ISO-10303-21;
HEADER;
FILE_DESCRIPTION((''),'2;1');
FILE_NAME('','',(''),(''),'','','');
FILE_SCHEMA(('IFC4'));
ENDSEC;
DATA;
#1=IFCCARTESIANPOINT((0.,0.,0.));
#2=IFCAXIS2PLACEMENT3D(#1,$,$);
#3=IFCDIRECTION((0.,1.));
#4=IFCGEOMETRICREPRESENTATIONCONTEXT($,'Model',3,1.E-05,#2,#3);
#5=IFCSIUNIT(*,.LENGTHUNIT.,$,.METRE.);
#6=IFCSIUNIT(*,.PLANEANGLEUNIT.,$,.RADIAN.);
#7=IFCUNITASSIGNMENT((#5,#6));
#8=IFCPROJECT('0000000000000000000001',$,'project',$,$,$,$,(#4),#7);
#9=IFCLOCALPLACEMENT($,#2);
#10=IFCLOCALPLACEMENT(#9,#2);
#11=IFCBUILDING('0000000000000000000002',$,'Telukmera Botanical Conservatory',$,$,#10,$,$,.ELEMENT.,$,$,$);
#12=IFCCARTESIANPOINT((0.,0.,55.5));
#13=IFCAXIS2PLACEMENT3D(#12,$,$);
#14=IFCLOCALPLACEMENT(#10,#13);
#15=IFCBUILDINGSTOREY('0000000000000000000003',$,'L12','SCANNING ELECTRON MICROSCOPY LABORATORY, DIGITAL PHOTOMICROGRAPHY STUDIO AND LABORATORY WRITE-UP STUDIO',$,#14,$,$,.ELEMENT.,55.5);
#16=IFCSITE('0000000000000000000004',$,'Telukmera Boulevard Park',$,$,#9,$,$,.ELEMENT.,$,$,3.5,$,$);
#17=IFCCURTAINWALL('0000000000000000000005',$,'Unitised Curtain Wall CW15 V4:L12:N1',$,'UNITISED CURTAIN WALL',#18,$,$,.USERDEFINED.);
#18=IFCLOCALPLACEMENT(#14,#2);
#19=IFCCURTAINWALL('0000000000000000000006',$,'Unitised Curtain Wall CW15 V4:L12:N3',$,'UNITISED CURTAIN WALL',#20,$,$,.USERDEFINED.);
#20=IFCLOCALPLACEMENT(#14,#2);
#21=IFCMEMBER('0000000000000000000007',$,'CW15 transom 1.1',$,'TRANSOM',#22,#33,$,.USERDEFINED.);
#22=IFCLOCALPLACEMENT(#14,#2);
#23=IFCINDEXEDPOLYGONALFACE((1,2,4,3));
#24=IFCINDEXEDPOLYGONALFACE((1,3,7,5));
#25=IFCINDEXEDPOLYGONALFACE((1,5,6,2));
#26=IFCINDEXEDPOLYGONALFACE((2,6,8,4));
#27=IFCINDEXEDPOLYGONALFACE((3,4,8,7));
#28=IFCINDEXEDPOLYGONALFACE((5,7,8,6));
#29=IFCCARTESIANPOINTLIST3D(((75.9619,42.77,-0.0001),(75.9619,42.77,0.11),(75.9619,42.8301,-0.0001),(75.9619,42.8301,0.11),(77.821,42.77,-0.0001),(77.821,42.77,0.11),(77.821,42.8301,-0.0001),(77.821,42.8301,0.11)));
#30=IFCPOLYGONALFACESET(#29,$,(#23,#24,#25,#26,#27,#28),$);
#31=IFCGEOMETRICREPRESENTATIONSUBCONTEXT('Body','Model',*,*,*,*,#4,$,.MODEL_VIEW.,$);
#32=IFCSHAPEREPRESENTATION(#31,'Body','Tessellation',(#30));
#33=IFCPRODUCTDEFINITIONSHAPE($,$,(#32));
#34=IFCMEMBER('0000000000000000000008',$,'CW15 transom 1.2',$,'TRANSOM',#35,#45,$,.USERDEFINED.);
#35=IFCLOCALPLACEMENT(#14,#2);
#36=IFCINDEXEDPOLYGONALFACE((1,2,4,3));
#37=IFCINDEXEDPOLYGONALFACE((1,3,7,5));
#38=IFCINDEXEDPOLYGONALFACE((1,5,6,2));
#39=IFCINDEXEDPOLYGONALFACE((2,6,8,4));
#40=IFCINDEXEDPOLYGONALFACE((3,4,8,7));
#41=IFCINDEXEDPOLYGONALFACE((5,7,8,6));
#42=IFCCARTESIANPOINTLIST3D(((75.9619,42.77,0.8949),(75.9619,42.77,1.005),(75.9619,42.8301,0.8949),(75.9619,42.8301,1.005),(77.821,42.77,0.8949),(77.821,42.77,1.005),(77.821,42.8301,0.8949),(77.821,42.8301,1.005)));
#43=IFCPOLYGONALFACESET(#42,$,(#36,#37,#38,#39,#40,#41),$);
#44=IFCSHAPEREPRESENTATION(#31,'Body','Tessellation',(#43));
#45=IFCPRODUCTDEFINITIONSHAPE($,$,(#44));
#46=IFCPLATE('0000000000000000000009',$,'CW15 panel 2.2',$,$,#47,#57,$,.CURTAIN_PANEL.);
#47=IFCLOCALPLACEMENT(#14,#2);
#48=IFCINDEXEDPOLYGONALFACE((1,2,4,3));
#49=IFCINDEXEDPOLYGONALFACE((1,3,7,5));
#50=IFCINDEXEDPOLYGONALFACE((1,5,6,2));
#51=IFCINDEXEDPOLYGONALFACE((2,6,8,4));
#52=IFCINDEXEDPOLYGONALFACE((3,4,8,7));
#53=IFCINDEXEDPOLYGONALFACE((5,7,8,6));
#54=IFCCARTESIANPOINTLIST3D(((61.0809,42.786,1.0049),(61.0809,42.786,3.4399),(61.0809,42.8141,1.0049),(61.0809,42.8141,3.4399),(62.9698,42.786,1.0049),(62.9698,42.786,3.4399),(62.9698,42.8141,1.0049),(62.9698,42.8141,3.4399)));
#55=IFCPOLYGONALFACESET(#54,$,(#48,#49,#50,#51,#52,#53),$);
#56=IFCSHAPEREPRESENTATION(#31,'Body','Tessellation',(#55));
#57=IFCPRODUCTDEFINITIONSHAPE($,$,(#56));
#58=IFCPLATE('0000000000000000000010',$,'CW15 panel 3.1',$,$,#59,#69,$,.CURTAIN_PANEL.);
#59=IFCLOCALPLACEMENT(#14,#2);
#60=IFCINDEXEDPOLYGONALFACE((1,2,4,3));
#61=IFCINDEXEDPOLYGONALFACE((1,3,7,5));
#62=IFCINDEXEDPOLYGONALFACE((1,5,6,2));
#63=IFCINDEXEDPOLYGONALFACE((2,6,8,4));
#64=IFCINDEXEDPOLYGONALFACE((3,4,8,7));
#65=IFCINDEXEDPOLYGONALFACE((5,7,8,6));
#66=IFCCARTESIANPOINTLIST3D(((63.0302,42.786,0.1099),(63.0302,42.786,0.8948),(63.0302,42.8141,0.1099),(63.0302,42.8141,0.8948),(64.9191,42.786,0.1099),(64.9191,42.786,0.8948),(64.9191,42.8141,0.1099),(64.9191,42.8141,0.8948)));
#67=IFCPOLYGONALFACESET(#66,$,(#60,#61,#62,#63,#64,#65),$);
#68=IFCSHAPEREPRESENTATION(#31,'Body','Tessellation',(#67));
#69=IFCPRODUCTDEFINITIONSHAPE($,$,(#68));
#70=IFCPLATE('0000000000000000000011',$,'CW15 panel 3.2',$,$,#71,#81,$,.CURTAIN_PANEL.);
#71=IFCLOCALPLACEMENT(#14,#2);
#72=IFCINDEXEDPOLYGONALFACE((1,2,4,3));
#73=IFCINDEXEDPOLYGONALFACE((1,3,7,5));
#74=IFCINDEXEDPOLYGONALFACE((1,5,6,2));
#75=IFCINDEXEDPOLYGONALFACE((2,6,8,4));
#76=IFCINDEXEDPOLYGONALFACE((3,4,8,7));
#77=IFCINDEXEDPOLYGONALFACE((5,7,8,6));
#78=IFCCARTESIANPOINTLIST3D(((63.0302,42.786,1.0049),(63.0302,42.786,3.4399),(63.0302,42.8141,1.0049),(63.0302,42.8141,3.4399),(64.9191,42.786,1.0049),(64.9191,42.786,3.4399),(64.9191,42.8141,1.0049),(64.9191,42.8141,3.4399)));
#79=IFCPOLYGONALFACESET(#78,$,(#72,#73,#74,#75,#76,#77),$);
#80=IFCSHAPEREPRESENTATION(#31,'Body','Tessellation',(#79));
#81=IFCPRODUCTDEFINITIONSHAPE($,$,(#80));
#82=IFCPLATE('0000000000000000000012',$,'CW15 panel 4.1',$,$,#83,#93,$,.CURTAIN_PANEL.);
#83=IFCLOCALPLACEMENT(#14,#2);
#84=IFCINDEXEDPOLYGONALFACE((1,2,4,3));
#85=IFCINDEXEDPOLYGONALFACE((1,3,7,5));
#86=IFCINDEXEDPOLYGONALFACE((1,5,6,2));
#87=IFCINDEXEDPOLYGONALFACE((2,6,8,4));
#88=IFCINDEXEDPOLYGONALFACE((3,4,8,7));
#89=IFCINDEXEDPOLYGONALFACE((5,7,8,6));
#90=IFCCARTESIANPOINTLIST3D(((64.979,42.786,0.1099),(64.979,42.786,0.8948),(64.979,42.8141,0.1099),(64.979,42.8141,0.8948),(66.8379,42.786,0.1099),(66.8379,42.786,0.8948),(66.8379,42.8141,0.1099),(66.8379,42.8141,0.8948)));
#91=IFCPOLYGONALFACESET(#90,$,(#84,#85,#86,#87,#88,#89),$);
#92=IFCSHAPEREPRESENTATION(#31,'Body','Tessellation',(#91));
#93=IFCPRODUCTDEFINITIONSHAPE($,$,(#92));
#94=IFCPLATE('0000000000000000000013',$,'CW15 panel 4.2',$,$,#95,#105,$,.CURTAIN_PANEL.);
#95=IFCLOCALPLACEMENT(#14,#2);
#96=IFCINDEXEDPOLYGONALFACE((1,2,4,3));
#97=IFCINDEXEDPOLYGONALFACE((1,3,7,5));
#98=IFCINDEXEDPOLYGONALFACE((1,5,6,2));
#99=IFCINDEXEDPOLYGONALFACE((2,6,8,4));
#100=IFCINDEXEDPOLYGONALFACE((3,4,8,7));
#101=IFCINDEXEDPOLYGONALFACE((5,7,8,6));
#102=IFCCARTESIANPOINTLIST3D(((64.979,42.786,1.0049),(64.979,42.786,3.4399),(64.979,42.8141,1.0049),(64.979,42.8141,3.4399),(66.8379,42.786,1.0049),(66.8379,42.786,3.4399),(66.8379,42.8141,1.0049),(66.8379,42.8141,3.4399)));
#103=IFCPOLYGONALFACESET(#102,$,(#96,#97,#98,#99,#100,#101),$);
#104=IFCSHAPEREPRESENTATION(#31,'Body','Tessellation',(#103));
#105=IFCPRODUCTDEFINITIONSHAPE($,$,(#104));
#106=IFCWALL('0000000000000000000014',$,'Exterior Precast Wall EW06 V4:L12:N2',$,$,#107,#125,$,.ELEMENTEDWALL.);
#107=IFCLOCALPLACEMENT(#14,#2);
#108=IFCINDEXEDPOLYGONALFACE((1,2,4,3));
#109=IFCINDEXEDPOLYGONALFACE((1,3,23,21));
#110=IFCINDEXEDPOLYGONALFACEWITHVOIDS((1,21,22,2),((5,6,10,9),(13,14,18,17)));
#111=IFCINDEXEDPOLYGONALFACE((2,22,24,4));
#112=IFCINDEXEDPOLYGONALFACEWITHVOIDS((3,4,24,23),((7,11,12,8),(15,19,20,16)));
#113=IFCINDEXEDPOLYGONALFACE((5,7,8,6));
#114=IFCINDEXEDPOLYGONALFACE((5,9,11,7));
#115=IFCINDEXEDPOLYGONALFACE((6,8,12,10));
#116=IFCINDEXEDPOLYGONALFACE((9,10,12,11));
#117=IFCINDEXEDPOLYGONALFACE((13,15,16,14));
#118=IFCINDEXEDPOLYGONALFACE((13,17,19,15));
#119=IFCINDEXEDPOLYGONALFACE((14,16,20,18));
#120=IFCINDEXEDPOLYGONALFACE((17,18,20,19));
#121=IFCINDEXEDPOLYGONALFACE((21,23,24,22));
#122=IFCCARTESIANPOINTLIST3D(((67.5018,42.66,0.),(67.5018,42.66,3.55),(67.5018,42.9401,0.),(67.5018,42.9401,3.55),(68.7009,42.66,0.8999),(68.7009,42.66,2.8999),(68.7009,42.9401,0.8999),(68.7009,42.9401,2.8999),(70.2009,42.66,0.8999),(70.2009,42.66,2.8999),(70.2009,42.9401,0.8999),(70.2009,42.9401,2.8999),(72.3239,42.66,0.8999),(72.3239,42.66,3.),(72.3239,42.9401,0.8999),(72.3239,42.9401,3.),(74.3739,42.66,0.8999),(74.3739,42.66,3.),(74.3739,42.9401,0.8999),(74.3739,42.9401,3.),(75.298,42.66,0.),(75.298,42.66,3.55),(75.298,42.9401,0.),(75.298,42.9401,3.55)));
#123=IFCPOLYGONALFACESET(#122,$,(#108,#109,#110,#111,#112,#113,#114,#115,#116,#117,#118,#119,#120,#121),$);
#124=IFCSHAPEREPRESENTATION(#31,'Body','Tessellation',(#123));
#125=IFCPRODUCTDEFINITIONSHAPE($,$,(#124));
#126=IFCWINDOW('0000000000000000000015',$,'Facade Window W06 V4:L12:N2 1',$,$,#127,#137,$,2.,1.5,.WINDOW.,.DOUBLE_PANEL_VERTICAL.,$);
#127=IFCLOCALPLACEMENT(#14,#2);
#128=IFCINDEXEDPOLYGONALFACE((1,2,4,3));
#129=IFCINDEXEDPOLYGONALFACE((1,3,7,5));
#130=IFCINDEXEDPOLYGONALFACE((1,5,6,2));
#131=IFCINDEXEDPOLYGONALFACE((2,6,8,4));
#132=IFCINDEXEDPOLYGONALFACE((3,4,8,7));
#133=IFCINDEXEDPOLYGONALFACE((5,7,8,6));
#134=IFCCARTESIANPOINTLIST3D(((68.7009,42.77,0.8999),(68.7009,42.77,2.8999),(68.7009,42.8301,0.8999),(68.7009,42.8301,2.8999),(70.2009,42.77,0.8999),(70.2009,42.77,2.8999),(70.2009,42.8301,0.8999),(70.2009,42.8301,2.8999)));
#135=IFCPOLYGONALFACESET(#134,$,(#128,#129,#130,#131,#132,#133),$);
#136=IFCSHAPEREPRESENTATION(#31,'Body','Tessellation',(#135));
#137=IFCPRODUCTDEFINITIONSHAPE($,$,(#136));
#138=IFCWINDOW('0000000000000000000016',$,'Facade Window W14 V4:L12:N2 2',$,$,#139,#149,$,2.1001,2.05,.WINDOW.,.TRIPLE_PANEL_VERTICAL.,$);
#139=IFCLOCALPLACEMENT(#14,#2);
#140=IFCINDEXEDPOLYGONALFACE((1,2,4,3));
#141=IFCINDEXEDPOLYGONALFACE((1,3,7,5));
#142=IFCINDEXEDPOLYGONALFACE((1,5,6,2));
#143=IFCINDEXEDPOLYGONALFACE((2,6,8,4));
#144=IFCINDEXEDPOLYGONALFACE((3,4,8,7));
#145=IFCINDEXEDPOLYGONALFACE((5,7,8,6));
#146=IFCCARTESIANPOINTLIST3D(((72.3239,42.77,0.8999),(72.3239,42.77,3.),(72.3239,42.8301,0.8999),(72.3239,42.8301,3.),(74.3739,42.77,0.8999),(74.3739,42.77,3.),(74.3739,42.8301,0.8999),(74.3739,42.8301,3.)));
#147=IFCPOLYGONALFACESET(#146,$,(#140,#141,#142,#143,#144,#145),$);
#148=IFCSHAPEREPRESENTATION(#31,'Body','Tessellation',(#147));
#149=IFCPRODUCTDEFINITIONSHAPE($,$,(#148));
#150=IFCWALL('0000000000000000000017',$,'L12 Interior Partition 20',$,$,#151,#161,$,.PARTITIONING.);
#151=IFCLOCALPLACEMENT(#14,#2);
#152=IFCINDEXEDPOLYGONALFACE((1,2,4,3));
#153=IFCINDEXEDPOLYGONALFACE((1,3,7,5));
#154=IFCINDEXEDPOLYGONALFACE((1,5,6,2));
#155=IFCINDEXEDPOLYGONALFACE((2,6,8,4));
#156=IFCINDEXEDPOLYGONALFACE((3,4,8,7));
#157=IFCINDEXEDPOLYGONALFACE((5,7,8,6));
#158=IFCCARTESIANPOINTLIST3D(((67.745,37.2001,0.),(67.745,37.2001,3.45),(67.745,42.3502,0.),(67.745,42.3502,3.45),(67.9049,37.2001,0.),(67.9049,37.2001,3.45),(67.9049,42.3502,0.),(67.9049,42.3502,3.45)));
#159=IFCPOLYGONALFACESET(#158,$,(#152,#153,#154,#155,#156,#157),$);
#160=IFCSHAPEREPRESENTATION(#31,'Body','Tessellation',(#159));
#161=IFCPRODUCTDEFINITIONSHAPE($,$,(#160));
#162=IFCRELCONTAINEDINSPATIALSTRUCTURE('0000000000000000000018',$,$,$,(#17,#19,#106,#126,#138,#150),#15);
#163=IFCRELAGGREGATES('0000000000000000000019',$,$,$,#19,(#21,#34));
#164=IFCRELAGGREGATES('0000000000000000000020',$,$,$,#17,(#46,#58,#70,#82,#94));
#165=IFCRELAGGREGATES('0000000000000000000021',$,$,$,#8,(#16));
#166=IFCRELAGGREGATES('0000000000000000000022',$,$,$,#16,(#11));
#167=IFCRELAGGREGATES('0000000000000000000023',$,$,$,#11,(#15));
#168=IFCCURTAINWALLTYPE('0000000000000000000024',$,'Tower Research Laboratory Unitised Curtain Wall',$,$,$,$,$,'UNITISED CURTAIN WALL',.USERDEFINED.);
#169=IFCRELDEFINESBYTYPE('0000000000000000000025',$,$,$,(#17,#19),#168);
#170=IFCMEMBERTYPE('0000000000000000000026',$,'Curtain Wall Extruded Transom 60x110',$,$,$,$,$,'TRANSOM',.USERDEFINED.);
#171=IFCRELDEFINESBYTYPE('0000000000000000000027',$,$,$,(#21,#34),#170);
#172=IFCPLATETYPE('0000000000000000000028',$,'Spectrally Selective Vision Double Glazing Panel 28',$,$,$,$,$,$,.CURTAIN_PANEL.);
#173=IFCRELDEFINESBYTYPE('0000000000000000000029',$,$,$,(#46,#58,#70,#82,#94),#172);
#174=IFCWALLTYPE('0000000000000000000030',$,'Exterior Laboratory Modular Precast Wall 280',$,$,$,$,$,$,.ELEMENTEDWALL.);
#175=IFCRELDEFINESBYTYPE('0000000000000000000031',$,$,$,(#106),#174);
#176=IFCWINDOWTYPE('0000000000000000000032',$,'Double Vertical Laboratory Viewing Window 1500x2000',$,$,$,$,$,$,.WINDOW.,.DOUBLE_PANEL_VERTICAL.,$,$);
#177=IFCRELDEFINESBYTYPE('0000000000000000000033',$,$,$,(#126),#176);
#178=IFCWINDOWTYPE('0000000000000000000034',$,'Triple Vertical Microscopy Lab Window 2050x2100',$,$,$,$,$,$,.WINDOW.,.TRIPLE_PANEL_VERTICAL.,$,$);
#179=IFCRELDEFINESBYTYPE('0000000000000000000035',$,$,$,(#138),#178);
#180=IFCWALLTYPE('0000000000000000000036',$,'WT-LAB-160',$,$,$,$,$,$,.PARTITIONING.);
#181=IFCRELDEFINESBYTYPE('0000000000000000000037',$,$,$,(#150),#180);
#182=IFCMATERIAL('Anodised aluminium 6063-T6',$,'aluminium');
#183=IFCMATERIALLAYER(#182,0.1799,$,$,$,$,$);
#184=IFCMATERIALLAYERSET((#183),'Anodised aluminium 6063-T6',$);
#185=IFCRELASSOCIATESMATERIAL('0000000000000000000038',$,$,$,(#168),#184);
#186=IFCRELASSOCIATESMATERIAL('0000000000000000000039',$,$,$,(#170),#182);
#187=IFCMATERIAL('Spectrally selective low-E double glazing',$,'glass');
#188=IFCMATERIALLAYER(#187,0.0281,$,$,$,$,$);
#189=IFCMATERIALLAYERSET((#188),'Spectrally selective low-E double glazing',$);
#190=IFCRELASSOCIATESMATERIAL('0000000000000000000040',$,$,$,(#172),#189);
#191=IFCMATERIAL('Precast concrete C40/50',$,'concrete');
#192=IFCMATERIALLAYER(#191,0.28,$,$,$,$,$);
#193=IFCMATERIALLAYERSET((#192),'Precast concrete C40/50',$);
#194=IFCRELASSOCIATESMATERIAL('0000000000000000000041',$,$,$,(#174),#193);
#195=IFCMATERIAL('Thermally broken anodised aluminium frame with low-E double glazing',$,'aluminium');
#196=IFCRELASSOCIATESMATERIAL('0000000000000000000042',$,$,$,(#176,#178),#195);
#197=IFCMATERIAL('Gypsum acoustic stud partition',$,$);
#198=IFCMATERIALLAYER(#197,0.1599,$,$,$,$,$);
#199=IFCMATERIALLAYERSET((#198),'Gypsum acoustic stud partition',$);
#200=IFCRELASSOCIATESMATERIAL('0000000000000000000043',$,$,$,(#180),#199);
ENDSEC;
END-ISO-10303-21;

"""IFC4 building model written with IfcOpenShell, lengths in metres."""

from ifc_helpers import new_model, si_unit, direction, frame, frame_2d, origin, origin_2d, place, context, subcontext, project, spatial, rectangle, extrude, material, layer, layer_set, material_profile, profile_set, type_object, element, fill, aggregate, save


model = new_model("IFC4")

# Units and contexts
model_context = context("Model", 3, precision=1e-05, world=origin(), true_north=direction((0.0, 1.0)))
body_context = subcontext(model_context, "Body", "Model", "MODEL_VIEW")
ifc_project = project(units=[si_unit("LENGTHUNIT", "METRE"), si_unit("PLANEANGLEUNIT", "RADIAN")], contexts=[model_context])

# Site, building, storey
site_placement = place(None, origin())
site = spatial("IfcSite", under=ifc_project, at=site_placement, Name="Telukmera Boulevard Park", CompositionType="ELEMENT", RefElevation=3.5)
building_placement = place(site_placement, origin())
building = spatial("IfcBuilding", under=site, at=building_placement, Name="Telukmera Botanical Conservatory", CompositionType="ELEMENT")
storey_placement = place(building_placement, frame((0.0, 0.0, 55.5)))
storey = spatial("IfcBuildingStorey", under=building, at=storey_placement, Name="L12", Description="SCANNING ELECTRON MICROSCOPY LABORATORY, DIGITAL PHOTOMICROGRAPHY STUDIO AND LABORATORY WRITE-UP STUDIO", CompositionType="ELEMENT", Elevation=55.5)

# Shared definitions
ifc_material_1 = material(Name="Precast concrete C40/50", Category="concrete")

# Curtain wall
ifc_material_2 = material(Name="Anodised aluminium 6063-T6", Category="aluminium")
ifc_layer_1 = layer(ifc_material_2, 0.1799)
ifc_layer_set_1 = layer_set([ifc_layer_1], Name="Anodised aluminium 6063-T6")
curtain_wall_type = type_object("IfcCurtainWallType", Name="Tower Research Laboratory Unitised Curtain Wall", ElementType="UNITISED CURTAIN WALL", PredefinedType="USERDEFINED", material=ifc_layer_set_1)
curtain_wall_1_placement = place(storey_placement, origin())
curtain_wall_1 = element("IfcCurtainWall", 1, at=curtain_wall_1_placement, inside=storey, type_object=curtain_wall_type, Name="Unitised Curtain Wall CW15 V4:L12:N1", ObjectType="UNITISED CURTAIN WALL", PredefinedType="USERDEFINED")

# Curtain wall
curtain_wall_2_placement = place(storey_placement, origin())
curtain_wall_2 = element("IfcCurtainWall", 2, at=curtain_wall_2_placement, inside=storey, type_object=curtain_wall_type, Name="Unitised Curtain Wall CW15 V4:L12:N3", ObjectType="UNITISED CURTAIN WALL", PredefinedType="USERDEFINED")

# Members
ifc_material_profile_1 = material_profile(ifc_material_2, rectangle(XDim=0.0601, YDim=0.1101, at=origin_2d()), Name="ALU TRAN 60x110")
ifc_profile_set_1 = profile_set([ifc_material_profile_1], Name="Anodised aluminium 6063-T6")
member_type_1 = type_object("IfcMemberType", Name="Curtain Wall Extruded Transom 60x110", ElementType="TRANSOM", PredefinedType="USERDEFINED", material=ifc_profile_set_1)
member_1_placement = place(storey_placement, frame((75.9619, 42.8, 0.0549), z_axis=(1.0, 0.0, 0.0), x_axis=(0.0, 1.0, 0.0)))
member_1 = element("IfcMember", 3, at=member_1_placement, type_object=member_type_1, Name="CW15 transom 1.1", ObjectType="TRANSOM", PredefinedType="USERDEFINED", context=body_context, shape_type="SweptSolid", body=[
    extrude(rectangle(XDim=0.0601, YDim=0.1101, at=origin_2d()), origin(), (0.0, 0.0, 1.0), 1.8591),
])
member_2_placement = place(storey_placement, frame((75.9619, 42.8, 0.95), z_axis=(1.0, 0.0, 0.0), x_axis=(0.0, 1.0, 0.0)))
member_2 = element("IfcMember", 4, at=member_2_placement, type_object=member_type_1, Name="CW15 transom 1.2", ObjectType="TRANSOM", PredefinedType="USERDEFINED", context=body_context, shape_type="SweptSolid", body=[
    extrude(rectangle(XDim=0.0601, YDim=0.1101, at=origin_2d()), origin(), (0.0, 0.0, 1.0), 1.8591),
])
aggregate(curtain_wall_2, [member_1, member_2])

# Plates
ifc_material_3 = material(Name="Spectrally selective low-E double glazing", Category="glass")
ifc_layer_2 = layer(ifc_material_3, 0.0281)
ifc_layer_set_2 = layer_set([ifc_layer_2], Name="Spectrally selective low-E double glazing")
plate_type = type_object("IfcPlateType", Name="Spectrally Selective Vision Double Glazing Panel 28", PredefinedType="CURTAIN_PANEL", material=ifc_layer_set_2)
plate_1_placement = place(storey_placement, frame((62.0254, 42.8, 1.0049), z_axis=(0.0, 0.0, 1.0), x_axis=(1.0, 0.0, 0.0)))
plate_1 = element("IfcPlate", 5, at=plate_1_placement, type_object=plate_type, Name="CW15 panel 2.2", PredefinedType="CURTAIN_PANEL", context=body_context, shape_type="SweptSolid", body=[
    extrude(rectangle(XDim=1.8889, YDim=0.0281, at=origin_2d()), origin(), (0.0, 0.0, 1.0), 2.4351),
])
plate_2_placement = place(storey_placement, frame((63.9746, 42.8, 0.1099), z_axis=(0.0, 0.0, 1.0), x_axis=(1.0, 0.0, 0.0)))
plate_2 = element("IfcPlate", 6, at=plate_2_placement, type_object=plate_type, Name="CW15 panel 3.1", PredefinedType="CURTAIN_PANEL", context=body_context, shape_type="SweptSolid", body=[
    extrude(rectangle(XDim=1.8889, YDim=0.0281, at=origin_2d()), origin(), (0.0, 0.0, 1.0), 0.7849),
])
plate_3_placement = place(storey_placement, frame((63.9746, 42.8, 1.0049), z_axis=(0.0, 0.0, 1.0), x_axis=(1.0, 0.0, 0.0)))
plate_3 = element("IfcPlate", 7, at=plate_3_placement, type_object=plate_type, Name="CW15 panel 3.2", PredefinedType="CURTAIN_PANEL", context=body_context, shape_type="SweptSolid", body=[
    extrude(rectangle(XDim=1.8889, YDim=0.0281, at=origin_2d()), origin(), (0.0, 0.0, 1.0), 2.4351),
])
plate_4_placement = place(storey_placement, frame((65.9084, 42.8, 0.1099), z_axis=(0.0, 0.0, 1.0), x_axis=(1.0, 0.0, 0.0)))
plate_4 = element("IfcPlate", 8, at=plate_4_placement, type_object=plate_type, Name="CW15 panel 4.1", PredefinedType="CURTAIN_PANEL", context=body_context, shape_type="SweptSolid", body=[
    extrude(rectangle(XDim=1.8589, YDim=0.0281, at=origin_2d()), origin(), (0.0, 0.0, 1.0), 0.7849),
])
plate_5_placement = place(storey_placement, frame((65.9084, 42.8, 1.0049), z_axis=(0.0, 0.0, 1.0), x_axis=(1.0, 0.0, 0.0)))
plate_5 = element("IfcPlate", 9, at=plate_5_placement, type_object=plate_type, Name="CW15 panel 4.2", PredefinedType="CURTAIN_PANEL", context=body_context, shape_type="SweptSolid", body=[
    extrude(rectangle(XDim=1.8589, YDim=0.0281, at=origin_2d()), origin(), (0.0, 0.0, 1.0), 2.4351),
])
aggregate(curtain_wall_1, [plate_1, plate_2, plate_3, plate_4, plate_5])

# Wall, openings, windows
ifc_layer_3 = layer(ifc_material_1, 0.28)
ifc_layer_set_3 = layer_set([ifc_layer_3], Name="Precast concrete C40/50")
wall_type_1 = type_object("IfcWallType", Name="Exterior Laboratory Modular Precast Wall 280", PredefinedType="ELEMENTEDWALL", material=ifc_layer_set_3)
wall_1_placement = place(storey_placement, frame((67.502, 42.8, 0.0), z_axis=(0.0, 0.0, 1.0), x_axis=(1.0, 0.0, 0.0)))
wall_1 = element("IfcWall", 10, at=wall_1_placement, inside=storey, type_object=wall_type_1, Name="Exterior Precast Wall EW06 V4:L12:N2", PredefinedType="ELEMENTEDWALL", context=body_context, shape_type="SweptSolid", body=[
    extrude(rectangle(XDim=7.7961, YDim=0.28, at=frame_2d((3.8979, 0.0))), origin(), (0.0, 0.0, 1.0), 3.55),
])
opening_1_placement = place(wall_1_placement, frame((1.199, 0.0, 0.8999)))
opening_1 = element("IfcOpeningElement", 11, at=opening_1_placement, cuts=wall_1, PredefinedType="OPENING", context=body_context, shape_type="SweptSolid", body=[
    extrude(rectangle(XDim=1.5, YDim=2.0, at=frame_2d((0.75, 1.0))), frame((0.0, 0.1499, 0.0), z_axis=(0.0, -1.0, 0.0), x_axis=(1.0, 0.0, 0.0)), (0.0, 0.0, 1.0), 0.3),
])
opening_2_placement = place(wall_1_placement, frame((4.822, 0.0, 0.8999)))
opening_2 = element("IfcOpeningElement", 12, at=opening_2_placement, cuts=wall_1, PredefinedType="OPENING", context=body_context, shape_type="SweptSolid", body=[
    extrude(rectangle(XDim=2.05, YDim=2.1001, at=frame_2d((1.0249, 1.05))), frame((0.0, 0.1499, 0.0), z_axis=(0.0, -1.0, 0.0), x_axis=(1.0, 0.0, 0.0)), (0.0, 0.0, 1.0), 0.3),
])
ifc_material_4 = material(Name="Thermally broken anodised aluminium frame with low-E double glazing", Category="aluminium")
window_type_1 = type_object("IfcWindowType", Name="Double Vertical Laboratory Viewing Window 1500x2000", PartitioningType="DOUBLE_PANEL_VERTICAL", PredefinedType="WINDOW", material=ifc_material_4)
window_1_placement = place(opening_1_placement, origin())
window_1 = element("IfcWindow", 13, at=window_1_placement, inside=storey, type_object=window_type_1, Name="Facade Window W06 V4:L12:N2 1", OverallHeight=2.0, OverallWidth=1.5, PartitioningType="DOUBLE_PANEL_VERTICAL", PredefinedType="WINDOW", context=body_context, shape_type="SweptSolid", body=[
    extrude(rectangle(XDim=1.5, YDim=2.0, at=frame_2d((0.75, 1.0))), frame((0.0, 0.03, 0.0), z_axis=(0.0, -1.0, 0.0), x_axis=(1.0, 0.0, 0.0)), (0.0, 0.0, 1.0), 0.0601),
])
fill(opening_1, window_1)
window_type_2 = type_object("IfcWindowType", Name="Triple Vertical Microscopy Lab Window 2050x2100", PartitioningType="TRIPLE_PANEL_VERTICAL", PredefinedType="WINDOW", material=ifc_material_4)
window_2_placement = place(opening_2_placement, origin())
window_2 = element("IfcWindow", 14, at=window_2_placement, inside=storey, type_object=window_type_2, Name="Facade Window W14 V4:L12:N2 2", OverallHeight=2.1001, OverallWidth=2.05, PartitioningType="TRIPLE_PANEL_VERTICAL", PredefinedType="WINDOW", context=body_context, shape_type="SweptSolid", body=[
    extrude(rectangle(XDim=2.05, YDim=2.1001, at=frame_2d((1.0249, 1.05))), frame((0.0, 0.03, 0.0), z_axis=(0.0, -1.0, 0.0), x_axis=(1.0, 0.0, 0.0)), (0.0, 0.0, 1.0), 0.0601),
])
fill(opening_2, window_2)

# Wall
ifc_material_5 = material(Name="Gypsum acoustic stud partition")
ifc_layer_4 = layer(ifc_material_5, 0.1599)
ifc_layer_set_4 = layer_set([ifc_layer_4], Name="Gypsum acoustic stud partition")
wall_type_2 = type_object("IfcWallType", Name="WT-LAB-160", PredefinedType="PARTITIONING", material=ifc_layer_set_4)
wall_2_placement = place(storey_placement, frame((67.825, 37.2, 0.0), z_axis=(0.0, 0.0, 1.0), x_axis=(0.0, 1.0, 0.0)))
element("IfcWall", 15, at=wall_2_placement, inside=storey, type_object=wall_type_2, Name="L12 Interior Partition 20", PredefinedType="PARTITIONING", context=body_context, shape_type="SweptSolid", body=[
    extrude(rectangle(XDim=5.1501, YDim=0.1599, at=frame_2d((2.5752, 0.0))), origin(), (0.0, 0.0, 1.0), 3.45),
])

save(model, "model.ifc")
